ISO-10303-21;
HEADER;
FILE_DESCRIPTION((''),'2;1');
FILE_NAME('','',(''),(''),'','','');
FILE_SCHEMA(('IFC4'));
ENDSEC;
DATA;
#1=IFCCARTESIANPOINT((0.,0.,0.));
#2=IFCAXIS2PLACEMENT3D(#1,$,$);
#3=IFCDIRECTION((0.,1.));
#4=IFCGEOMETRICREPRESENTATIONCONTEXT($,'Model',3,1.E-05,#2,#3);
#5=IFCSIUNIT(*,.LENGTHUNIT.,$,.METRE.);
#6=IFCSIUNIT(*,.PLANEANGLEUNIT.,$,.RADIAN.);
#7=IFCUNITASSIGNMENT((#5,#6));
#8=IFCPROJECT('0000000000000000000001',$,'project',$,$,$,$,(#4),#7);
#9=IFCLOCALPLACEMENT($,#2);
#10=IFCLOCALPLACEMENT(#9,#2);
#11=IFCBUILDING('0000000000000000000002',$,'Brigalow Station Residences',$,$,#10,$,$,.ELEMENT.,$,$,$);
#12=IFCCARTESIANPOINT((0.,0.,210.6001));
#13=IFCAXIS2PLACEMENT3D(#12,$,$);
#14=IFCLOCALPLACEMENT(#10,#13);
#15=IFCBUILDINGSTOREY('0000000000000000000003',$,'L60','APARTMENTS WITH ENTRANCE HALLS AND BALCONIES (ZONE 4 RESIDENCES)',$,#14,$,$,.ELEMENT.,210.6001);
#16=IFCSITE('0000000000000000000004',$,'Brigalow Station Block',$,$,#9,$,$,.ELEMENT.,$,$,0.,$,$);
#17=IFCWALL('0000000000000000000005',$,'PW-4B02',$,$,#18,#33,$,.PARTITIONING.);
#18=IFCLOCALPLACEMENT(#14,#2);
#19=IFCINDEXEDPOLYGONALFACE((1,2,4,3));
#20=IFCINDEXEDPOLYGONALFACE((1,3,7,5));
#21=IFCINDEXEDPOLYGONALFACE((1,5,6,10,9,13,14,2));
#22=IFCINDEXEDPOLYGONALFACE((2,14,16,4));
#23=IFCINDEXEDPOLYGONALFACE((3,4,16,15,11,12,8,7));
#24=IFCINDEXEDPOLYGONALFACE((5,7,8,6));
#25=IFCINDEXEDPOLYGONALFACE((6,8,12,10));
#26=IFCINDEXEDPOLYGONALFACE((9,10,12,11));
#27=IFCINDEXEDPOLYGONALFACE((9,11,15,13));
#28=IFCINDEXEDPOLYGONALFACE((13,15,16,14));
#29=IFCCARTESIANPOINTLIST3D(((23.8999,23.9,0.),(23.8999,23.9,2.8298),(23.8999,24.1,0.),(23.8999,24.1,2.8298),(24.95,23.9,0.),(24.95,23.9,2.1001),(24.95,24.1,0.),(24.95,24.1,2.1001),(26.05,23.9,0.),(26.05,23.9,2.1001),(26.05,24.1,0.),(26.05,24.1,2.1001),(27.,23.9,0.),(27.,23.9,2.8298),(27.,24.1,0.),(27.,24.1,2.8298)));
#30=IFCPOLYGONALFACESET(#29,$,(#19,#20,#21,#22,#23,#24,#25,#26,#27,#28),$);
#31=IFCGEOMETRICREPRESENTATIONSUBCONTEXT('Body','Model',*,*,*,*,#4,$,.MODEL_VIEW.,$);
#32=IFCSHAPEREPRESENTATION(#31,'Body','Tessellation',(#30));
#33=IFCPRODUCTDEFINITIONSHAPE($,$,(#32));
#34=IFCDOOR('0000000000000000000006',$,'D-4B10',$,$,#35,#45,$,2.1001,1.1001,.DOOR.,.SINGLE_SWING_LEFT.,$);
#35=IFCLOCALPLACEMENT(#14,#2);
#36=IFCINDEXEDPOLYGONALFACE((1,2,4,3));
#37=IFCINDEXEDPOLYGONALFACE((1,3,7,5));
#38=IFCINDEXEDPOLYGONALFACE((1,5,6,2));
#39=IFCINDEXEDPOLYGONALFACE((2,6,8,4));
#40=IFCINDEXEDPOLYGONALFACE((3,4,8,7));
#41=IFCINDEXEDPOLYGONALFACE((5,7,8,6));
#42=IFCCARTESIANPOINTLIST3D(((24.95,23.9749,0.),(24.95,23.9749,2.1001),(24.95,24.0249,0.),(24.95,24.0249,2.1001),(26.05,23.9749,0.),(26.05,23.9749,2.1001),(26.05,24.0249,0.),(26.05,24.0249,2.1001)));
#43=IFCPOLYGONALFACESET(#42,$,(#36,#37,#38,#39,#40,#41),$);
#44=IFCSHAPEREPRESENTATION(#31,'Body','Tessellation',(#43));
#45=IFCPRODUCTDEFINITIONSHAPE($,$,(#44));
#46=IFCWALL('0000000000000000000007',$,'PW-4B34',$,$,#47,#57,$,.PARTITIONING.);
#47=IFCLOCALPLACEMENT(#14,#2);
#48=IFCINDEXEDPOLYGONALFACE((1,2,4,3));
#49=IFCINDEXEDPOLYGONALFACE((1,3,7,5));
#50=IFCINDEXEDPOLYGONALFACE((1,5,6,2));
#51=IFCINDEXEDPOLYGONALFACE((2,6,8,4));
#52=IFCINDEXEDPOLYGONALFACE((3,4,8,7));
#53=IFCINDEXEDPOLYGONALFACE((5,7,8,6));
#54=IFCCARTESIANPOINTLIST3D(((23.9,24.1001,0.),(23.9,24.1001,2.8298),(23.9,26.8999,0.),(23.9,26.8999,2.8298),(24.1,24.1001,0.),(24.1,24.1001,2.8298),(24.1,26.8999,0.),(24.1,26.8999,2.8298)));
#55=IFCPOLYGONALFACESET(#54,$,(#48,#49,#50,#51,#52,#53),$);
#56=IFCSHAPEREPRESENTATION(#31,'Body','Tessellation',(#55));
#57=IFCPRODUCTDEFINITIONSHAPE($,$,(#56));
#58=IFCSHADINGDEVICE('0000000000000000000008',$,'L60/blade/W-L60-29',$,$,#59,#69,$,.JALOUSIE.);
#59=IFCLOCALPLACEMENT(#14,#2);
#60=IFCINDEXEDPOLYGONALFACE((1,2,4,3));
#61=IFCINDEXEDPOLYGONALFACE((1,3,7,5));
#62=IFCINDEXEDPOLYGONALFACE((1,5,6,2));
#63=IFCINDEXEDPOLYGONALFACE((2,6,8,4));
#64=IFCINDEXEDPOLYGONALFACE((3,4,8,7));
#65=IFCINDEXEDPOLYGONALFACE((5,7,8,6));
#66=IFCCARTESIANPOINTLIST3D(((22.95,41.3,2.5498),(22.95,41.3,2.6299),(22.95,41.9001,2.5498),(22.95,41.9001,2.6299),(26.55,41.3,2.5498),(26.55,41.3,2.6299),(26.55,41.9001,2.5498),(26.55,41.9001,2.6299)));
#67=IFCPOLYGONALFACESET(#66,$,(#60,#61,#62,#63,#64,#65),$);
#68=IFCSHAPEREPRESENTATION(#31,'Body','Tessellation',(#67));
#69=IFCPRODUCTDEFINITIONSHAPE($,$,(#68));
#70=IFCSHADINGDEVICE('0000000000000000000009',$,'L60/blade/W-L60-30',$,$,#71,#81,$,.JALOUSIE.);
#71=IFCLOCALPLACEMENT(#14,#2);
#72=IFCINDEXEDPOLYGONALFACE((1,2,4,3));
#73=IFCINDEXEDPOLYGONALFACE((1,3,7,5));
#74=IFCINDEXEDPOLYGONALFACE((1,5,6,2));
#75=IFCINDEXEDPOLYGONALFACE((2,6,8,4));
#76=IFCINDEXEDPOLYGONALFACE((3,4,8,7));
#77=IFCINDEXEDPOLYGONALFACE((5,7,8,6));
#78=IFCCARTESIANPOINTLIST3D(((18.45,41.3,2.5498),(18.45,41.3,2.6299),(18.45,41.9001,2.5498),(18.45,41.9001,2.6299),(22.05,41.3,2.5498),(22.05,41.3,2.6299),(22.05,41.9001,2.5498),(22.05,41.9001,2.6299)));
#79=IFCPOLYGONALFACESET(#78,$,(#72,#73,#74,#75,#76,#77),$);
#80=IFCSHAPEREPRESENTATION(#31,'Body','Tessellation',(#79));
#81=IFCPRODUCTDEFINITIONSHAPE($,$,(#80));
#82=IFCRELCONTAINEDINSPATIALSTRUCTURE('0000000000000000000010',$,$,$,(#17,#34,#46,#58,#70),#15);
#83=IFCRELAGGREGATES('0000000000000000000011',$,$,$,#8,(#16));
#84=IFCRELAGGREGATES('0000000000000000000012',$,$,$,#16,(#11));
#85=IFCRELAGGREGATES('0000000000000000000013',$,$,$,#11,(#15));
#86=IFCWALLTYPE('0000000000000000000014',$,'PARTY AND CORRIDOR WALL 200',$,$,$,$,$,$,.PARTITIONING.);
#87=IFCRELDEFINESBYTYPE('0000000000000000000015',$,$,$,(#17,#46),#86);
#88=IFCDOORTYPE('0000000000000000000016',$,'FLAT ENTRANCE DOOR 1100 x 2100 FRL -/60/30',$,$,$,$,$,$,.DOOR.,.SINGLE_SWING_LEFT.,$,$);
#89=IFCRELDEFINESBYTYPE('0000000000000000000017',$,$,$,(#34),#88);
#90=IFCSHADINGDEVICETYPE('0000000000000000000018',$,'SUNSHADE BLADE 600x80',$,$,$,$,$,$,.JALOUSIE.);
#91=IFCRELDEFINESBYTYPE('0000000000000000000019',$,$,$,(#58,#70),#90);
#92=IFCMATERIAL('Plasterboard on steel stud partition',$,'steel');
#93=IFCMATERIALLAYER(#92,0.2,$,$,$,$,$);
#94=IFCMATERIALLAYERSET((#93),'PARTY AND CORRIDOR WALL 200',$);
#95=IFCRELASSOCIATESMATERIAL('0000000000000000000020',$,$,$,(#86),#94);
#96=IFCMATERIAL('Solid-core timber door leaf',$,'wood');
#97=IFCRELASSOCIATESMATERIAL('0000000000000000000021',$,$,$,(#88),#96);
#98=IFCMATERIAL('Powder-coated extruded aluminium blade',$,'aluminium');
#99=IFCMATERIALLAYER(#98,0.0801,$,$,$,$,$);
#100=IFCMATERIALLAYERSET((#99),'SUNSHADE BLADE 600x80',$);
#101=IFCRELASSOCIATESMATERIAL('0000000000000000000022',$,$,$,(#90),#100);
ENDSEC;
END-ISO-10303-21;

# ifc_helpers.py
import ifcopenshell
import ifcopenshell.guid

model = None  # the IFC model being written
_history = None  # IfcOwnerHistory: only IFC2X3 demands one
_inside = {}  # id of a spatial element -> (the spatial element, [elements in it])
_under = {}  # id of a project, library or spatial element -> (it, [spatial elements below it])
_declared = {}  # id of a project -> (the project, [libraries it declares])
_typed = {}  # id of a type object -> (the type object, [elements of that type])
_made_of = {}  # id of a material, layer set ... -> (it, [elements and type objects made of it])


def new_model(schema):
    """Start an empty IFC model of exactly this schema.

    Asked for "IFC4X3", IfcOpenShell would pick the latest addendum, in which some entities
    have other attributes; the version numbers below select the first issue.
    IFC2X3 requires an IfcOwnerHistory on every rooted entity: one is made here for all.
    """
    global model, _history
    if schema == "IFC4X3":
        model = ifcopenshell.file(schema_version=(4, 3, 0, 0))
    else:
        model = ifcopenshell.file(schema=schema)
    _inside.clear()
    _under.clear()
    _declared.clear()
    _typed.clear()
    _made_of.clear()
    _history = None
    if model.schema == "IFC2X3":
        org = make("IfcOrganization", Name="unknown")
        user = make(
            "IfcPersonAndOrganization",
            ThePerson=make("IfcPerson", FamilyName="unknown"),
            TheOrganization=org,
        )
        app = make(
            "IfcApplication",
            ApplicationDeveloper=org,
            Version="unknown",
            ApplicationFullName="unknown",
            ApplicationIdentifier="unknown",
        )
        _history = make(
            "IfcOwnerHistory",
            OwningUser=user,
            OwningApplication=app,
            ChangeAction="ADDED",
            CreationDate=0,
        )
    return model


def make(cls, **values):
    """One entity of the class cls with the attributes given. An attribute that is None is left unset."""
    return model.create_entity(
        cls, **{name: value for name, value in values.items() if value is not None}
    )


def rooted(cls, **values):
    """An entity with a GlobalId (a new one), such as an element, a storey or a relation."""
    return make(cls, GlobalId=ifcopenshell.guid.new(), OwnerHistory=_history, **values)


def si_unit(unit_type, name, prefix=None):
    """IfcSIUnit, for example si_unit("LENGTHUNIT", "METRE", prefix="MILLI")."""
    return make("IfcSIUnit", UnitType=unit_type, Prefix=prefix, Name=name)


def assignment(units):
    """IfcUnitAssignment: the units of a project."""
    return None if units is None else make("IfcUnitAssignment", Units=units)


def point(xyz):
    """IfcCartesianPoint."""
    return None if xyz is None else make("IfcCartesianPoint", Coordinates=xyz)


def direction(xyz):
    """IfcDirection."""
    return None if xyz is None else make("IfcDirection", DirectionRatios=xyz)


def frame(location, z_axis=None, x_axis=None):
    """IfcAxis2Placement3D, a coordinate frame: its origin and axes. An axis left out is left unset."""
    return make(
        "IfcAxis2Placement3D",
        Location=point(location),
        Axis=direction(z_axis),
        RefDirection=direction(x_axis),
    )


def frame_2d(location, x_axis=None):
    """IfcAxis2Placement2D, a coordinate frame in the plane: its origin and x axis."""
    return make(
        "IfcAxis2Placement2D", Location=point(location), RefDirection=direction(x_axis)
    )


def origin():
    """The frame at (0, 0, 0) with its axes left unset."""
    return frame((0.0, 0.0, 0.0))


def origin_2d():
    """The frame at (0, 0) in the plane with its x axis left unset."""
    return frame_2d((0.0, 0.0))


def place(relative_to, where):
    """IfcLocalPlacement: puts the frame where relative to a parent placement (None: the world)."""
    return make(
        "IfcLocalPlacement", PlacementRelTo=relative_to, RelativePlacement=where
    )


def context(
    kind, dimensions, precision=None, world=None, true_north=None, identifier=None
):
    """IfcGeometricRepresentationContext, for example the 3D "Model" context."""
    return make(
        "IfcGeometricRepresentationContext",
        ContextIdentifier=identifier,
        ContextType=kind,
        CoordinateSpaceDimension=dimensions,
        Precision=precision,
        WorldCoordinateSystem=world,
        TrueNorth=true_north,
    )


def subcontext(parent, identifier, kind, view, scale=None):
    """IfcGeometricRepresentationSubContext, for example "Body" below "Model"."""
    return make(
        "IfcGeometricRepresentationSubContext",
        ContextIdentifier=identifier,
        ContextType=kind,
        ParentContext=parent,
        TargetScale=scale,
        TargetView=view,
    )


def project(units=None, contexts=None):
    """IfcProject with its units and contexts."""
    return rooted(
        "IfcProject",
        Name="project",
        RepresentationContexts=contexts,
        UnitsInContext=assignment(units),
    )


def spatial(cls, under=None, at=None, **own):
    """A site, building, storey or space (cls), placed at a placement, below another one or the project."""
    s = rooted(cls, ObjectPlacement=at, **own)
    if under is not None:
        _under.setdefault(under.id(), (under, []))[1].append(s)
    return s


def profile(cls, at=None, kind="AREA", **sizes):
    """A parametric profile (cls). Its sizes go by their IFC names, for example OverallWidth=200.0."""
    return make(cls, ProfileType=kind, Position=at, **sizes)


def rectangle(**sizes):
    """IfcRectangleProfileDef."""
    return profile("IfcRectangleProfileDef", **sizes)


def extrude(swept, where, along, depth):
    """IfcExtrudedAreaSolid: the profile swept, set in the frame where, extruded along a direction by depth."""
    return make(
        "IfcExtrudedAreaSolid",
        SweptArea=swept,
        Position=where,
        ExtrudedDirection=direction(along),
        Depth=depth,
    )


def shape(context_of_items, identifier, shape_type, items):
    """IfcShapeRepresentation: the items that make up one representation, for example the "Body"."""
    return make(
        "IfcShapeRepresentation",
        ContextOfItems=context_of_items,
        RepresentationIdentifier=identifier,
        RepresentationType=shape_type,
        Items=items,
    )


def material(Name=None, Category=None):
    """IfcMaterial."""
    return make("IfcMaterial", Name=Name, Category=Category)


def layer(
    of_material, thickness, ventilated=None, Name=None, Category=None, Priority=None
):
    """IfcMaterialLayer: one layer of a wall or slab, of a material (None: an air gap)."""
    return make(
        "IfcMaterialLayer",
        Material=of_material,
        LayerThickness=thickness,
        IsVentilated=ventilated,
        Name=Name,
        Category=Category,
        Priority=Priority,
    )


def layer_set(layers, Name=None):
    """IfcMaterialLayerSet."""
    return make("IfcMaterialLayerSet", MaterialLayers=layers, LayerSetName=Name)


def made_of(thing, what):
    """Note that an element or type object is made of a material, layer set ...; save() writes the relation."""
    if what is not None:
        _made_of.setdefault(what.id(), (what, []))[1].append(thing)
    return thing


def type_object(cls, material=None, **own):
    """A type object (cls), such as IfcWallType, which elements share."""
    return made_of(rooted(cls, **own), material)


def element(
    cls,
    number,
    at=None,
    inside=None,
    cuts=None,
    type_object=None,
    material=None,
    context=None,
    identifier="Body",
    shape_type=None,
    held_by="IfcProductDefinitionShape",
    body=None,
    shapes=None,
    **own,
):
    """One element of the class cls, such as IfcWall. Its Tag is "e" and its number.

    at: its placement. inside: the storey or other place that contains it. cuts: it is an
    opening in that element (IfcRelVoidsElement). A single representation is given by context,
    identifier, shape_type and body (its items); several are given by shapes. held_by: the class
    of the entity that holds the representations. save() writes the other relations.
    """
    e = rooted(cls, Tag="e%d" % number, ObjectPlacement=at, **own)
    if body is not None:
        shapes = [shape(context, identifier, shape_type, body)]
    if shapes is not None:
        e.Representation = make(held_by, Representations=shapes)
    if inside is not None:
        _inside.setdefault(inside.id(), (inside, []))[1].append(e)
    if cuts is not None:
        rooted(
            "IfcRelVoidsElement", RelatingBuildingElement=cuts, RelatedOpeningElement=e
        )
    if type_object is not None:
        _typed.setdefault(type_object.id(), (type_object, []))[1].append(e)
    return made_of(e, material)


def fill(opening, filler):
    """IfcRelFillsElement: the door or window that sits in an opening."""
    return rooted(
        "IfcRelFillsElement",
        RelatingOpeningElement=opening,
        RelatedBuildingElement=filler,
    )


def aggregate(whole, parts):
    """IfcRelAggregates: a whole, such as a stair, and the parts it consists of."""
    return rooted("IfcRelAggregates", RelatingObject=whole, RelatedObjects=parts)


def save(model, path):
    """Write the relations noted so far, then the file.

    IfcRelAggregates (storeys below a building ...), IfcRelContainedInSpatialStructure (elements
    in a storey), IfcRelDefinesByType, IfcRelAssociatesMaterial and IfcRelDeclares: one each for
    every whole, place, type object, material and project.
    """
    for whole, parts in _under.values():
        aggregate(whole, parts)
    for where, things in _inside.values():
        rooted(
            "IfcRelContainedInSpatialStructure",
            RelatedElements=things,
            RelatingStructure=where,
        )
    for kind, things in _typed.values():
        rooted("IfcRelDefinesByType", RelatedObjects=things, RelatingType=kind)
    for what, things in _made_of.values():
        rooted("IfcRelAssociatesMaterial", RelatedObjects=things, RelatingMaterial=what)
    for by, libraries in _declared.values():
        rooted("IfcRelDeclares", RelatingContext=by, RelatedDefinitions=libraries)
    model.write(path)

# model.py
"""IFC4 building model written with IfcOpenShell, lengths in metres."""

from ifc_helpers import new_model, si_unit, direction, frame, frame_2d, origin, origin_2d, place, context, subcontext, project, spatial, rectangle, extrude, material, layer, layer_set, type_object, element, fill, save


model = new_model("IFC4")

# Units and contexts
model_context = context("Model", 3, precision=1e-05, world=origin(), true_north=direction((0.0, 1.0)))
body_context = subcontext(model_context, "Body", "Model", "MODEL_VIEW")
ifc_project = project(units=[si_unit("LENGTHUNIT", "METRE"), si_unit("PLANEANGLEUNIT", "RADIAN")], contexts=[model_context])

# Site, building, storey
site_placement = place(None, origin())
site = spatial("IfcSite", under=ifc_project, at=site_placement, Name="Brigalow Station Block", CompositionType="ELEMENT", RefElevation=0.0)
building_placement = place(site_placement, origin())
building = spatial("IfcBuilding", under=site, at=building_placement, Name="Brigalow Station Residences", CompositionType="ELEMENT")
storey_placement = place(building_placement, frame((0.0, 0.0, 210.6001)))
storey = spatial("IfcBuildingStorey", under=building, at=storey_placement, Name="L60", Description="APARTMENTS WITH ENTRANCE HALLS AND BALCONIES (ZONE 4 RESIDENCES)", CompositionType="ELEMENT", Elevation=210.6001)

# Wall, opening, door
ifc_material_1 = material(Name="Plasterboard on steel stud partition", Category="steel")
ifc_layer_1 = layer(ifc_material_1, 0.2)
ifc_layer_set_1 = layer_set([ifc_layer_1], Name="PARTY AND CORRIDOR WALL 200")
wall_type_1 = type_object("IfcWallType", Name="PARTY AND CORRIDOR WALL 200", PredefinedType="PARTITIONING", material=ifc_layer_set_1)
wall_1_placement = place(storey_placement, frame((23.8999, 24.0, 0.0), z_axis=(0.0, 0.0, 1.0), x_axis=(1.0, 0.0, 0.0)))
wall_1 = element("IfcWall", 1, at=wall_1_placement, inside=storey, type_object=wall_type_1, Name="PW-4B02", PredefinedType="PARTITIONING", context=body_context, shape_type="SweptSolid", body=[
    extrude(rectangle(XDim=3.1001, YDim=0.2, at=frame_2d((1.55, 0.0))), origin(), (0.0, 0.0, 1.0), 2.8298),
])
opening_1_placement = place(wall_1_placement, frame((1.05, 0.0, 0.0)))
opening_1 = element("IfcOpeningElement", 2, at=opening_1_placement, cuts=wall_1, PredefinedType="OPENING", context=body_context, shape_type="SweptSolid", body=[
    extrude(rectangle(XDim=1.1001, YDim=2.1001, at=frame_2d((0.55, 1.05))), frame((0.0, 0.1099, 0.0), z_axis=(0.0, -1.0, 0.0), x_axis=(1.0, 0.0, 0.0)), (0.0, 0.0, 1.0), 0.22),
])
ifc_material_2 = material(Name="Solid-core timber door leaf", Category="wood")
door_type_1 = type_object("IfcDoorType", Name="FLAT ENTRANCE DOOR 1100 x 2100 FRL -/60/30", OperationType="SINGLE_SWING_LEFT", PredefinedType="DOOR", material=ifc_material_2)
door_1_placement = place(opening_1_placement, origin())
door_1 = element("IfcDoor", 3, at=door_1_placement, inside=storey, type_object=door_type_1, Name="D-4B10", OperationType="SINGLE_SWING_LEFT", OverallHeight=2.1001, OverallWidth=1.1001, PredefinedType="DOOR", context=body_context, shape_type="SweptSolid", body=[
    extrude(rectangle(XDim=1.1001, YDim=2.1001, at=frame_2d((0.55, 1.05))), frame((0.0, 0.0249, 0.0), z_axis=(0.0, -1.0, 0.0), x_axis=(1.0, 0.0, 0.0)), (0.0, 0.0, 1.0), 0.05),
])
fill(opening_1, door_1)

# Wall
wall_2_placement = place(storey_placement, frame((24.0, 24.1001, 0.0), z_axis=(0.0, 0.0, 1.0), x_axis=(0.0, 1.0, 0.0)))
element("IfcWall", 4, at=wall_2_placement, inside=storey, type_object=wall_type_1, Name="PW-4B34", PredefinedType="PARTITIONING", context=body_context, shape_type="SweptSolid", body=[
    extrude(rectangle(XDim=2.7998, YDim=0.2, at=frame_2d((1.3999, 0.0))), origin(), (0.0, 0.0, 1.0), 2.8298),
])

# Shading devices
ifc_material_3 = material(Name="Powder-coated extruded aluminium blade", Category="aluminium")
ifc_layer_2 = layer(ifc_material_3, 0.0801)
ifc_layer_set_2 = layer_set([ifc_layer_2], Name="SUNSHADE BLADE 600x80")
shading_device_type = type_object("IfcShadingDeviceType", Name="SUNSHADE BLADE 600x80", PredefinedType="JALOUSIE", material=ifc_layer_set_2)
for number, where, z_axis, x_axis, name in (
    (5, (24.75, 41.6001, 2.5498), (0.0, 0.0, 1.0), (-1.0, 0.0, 0.0), "L60/blade/W-L60-29"),
    (6, (20.25, 41.6001, 2.5498), (0.0, 0.0, 1.0), (-1.0, 0.0, 0.0), "L60/blade/W-L60-30"),
):
    element("IfcShadingDevice", number, at=place(storey_placement, frame(where, z_axis=z_axis, x_axis=x_axis)), inside=storey, type_object=shading_device_type, Name=name, PredefinedType="JALOUSIE", context=body_context, shape_type="SweptSolid", body=[
        extrude(rectangle(XDim=3.6001, YDim=0.6001, at=origin_2d()), origin(), (0.0, 0.0, 1.0), 0.0801),
    ])

save(model, "model.ifc")
